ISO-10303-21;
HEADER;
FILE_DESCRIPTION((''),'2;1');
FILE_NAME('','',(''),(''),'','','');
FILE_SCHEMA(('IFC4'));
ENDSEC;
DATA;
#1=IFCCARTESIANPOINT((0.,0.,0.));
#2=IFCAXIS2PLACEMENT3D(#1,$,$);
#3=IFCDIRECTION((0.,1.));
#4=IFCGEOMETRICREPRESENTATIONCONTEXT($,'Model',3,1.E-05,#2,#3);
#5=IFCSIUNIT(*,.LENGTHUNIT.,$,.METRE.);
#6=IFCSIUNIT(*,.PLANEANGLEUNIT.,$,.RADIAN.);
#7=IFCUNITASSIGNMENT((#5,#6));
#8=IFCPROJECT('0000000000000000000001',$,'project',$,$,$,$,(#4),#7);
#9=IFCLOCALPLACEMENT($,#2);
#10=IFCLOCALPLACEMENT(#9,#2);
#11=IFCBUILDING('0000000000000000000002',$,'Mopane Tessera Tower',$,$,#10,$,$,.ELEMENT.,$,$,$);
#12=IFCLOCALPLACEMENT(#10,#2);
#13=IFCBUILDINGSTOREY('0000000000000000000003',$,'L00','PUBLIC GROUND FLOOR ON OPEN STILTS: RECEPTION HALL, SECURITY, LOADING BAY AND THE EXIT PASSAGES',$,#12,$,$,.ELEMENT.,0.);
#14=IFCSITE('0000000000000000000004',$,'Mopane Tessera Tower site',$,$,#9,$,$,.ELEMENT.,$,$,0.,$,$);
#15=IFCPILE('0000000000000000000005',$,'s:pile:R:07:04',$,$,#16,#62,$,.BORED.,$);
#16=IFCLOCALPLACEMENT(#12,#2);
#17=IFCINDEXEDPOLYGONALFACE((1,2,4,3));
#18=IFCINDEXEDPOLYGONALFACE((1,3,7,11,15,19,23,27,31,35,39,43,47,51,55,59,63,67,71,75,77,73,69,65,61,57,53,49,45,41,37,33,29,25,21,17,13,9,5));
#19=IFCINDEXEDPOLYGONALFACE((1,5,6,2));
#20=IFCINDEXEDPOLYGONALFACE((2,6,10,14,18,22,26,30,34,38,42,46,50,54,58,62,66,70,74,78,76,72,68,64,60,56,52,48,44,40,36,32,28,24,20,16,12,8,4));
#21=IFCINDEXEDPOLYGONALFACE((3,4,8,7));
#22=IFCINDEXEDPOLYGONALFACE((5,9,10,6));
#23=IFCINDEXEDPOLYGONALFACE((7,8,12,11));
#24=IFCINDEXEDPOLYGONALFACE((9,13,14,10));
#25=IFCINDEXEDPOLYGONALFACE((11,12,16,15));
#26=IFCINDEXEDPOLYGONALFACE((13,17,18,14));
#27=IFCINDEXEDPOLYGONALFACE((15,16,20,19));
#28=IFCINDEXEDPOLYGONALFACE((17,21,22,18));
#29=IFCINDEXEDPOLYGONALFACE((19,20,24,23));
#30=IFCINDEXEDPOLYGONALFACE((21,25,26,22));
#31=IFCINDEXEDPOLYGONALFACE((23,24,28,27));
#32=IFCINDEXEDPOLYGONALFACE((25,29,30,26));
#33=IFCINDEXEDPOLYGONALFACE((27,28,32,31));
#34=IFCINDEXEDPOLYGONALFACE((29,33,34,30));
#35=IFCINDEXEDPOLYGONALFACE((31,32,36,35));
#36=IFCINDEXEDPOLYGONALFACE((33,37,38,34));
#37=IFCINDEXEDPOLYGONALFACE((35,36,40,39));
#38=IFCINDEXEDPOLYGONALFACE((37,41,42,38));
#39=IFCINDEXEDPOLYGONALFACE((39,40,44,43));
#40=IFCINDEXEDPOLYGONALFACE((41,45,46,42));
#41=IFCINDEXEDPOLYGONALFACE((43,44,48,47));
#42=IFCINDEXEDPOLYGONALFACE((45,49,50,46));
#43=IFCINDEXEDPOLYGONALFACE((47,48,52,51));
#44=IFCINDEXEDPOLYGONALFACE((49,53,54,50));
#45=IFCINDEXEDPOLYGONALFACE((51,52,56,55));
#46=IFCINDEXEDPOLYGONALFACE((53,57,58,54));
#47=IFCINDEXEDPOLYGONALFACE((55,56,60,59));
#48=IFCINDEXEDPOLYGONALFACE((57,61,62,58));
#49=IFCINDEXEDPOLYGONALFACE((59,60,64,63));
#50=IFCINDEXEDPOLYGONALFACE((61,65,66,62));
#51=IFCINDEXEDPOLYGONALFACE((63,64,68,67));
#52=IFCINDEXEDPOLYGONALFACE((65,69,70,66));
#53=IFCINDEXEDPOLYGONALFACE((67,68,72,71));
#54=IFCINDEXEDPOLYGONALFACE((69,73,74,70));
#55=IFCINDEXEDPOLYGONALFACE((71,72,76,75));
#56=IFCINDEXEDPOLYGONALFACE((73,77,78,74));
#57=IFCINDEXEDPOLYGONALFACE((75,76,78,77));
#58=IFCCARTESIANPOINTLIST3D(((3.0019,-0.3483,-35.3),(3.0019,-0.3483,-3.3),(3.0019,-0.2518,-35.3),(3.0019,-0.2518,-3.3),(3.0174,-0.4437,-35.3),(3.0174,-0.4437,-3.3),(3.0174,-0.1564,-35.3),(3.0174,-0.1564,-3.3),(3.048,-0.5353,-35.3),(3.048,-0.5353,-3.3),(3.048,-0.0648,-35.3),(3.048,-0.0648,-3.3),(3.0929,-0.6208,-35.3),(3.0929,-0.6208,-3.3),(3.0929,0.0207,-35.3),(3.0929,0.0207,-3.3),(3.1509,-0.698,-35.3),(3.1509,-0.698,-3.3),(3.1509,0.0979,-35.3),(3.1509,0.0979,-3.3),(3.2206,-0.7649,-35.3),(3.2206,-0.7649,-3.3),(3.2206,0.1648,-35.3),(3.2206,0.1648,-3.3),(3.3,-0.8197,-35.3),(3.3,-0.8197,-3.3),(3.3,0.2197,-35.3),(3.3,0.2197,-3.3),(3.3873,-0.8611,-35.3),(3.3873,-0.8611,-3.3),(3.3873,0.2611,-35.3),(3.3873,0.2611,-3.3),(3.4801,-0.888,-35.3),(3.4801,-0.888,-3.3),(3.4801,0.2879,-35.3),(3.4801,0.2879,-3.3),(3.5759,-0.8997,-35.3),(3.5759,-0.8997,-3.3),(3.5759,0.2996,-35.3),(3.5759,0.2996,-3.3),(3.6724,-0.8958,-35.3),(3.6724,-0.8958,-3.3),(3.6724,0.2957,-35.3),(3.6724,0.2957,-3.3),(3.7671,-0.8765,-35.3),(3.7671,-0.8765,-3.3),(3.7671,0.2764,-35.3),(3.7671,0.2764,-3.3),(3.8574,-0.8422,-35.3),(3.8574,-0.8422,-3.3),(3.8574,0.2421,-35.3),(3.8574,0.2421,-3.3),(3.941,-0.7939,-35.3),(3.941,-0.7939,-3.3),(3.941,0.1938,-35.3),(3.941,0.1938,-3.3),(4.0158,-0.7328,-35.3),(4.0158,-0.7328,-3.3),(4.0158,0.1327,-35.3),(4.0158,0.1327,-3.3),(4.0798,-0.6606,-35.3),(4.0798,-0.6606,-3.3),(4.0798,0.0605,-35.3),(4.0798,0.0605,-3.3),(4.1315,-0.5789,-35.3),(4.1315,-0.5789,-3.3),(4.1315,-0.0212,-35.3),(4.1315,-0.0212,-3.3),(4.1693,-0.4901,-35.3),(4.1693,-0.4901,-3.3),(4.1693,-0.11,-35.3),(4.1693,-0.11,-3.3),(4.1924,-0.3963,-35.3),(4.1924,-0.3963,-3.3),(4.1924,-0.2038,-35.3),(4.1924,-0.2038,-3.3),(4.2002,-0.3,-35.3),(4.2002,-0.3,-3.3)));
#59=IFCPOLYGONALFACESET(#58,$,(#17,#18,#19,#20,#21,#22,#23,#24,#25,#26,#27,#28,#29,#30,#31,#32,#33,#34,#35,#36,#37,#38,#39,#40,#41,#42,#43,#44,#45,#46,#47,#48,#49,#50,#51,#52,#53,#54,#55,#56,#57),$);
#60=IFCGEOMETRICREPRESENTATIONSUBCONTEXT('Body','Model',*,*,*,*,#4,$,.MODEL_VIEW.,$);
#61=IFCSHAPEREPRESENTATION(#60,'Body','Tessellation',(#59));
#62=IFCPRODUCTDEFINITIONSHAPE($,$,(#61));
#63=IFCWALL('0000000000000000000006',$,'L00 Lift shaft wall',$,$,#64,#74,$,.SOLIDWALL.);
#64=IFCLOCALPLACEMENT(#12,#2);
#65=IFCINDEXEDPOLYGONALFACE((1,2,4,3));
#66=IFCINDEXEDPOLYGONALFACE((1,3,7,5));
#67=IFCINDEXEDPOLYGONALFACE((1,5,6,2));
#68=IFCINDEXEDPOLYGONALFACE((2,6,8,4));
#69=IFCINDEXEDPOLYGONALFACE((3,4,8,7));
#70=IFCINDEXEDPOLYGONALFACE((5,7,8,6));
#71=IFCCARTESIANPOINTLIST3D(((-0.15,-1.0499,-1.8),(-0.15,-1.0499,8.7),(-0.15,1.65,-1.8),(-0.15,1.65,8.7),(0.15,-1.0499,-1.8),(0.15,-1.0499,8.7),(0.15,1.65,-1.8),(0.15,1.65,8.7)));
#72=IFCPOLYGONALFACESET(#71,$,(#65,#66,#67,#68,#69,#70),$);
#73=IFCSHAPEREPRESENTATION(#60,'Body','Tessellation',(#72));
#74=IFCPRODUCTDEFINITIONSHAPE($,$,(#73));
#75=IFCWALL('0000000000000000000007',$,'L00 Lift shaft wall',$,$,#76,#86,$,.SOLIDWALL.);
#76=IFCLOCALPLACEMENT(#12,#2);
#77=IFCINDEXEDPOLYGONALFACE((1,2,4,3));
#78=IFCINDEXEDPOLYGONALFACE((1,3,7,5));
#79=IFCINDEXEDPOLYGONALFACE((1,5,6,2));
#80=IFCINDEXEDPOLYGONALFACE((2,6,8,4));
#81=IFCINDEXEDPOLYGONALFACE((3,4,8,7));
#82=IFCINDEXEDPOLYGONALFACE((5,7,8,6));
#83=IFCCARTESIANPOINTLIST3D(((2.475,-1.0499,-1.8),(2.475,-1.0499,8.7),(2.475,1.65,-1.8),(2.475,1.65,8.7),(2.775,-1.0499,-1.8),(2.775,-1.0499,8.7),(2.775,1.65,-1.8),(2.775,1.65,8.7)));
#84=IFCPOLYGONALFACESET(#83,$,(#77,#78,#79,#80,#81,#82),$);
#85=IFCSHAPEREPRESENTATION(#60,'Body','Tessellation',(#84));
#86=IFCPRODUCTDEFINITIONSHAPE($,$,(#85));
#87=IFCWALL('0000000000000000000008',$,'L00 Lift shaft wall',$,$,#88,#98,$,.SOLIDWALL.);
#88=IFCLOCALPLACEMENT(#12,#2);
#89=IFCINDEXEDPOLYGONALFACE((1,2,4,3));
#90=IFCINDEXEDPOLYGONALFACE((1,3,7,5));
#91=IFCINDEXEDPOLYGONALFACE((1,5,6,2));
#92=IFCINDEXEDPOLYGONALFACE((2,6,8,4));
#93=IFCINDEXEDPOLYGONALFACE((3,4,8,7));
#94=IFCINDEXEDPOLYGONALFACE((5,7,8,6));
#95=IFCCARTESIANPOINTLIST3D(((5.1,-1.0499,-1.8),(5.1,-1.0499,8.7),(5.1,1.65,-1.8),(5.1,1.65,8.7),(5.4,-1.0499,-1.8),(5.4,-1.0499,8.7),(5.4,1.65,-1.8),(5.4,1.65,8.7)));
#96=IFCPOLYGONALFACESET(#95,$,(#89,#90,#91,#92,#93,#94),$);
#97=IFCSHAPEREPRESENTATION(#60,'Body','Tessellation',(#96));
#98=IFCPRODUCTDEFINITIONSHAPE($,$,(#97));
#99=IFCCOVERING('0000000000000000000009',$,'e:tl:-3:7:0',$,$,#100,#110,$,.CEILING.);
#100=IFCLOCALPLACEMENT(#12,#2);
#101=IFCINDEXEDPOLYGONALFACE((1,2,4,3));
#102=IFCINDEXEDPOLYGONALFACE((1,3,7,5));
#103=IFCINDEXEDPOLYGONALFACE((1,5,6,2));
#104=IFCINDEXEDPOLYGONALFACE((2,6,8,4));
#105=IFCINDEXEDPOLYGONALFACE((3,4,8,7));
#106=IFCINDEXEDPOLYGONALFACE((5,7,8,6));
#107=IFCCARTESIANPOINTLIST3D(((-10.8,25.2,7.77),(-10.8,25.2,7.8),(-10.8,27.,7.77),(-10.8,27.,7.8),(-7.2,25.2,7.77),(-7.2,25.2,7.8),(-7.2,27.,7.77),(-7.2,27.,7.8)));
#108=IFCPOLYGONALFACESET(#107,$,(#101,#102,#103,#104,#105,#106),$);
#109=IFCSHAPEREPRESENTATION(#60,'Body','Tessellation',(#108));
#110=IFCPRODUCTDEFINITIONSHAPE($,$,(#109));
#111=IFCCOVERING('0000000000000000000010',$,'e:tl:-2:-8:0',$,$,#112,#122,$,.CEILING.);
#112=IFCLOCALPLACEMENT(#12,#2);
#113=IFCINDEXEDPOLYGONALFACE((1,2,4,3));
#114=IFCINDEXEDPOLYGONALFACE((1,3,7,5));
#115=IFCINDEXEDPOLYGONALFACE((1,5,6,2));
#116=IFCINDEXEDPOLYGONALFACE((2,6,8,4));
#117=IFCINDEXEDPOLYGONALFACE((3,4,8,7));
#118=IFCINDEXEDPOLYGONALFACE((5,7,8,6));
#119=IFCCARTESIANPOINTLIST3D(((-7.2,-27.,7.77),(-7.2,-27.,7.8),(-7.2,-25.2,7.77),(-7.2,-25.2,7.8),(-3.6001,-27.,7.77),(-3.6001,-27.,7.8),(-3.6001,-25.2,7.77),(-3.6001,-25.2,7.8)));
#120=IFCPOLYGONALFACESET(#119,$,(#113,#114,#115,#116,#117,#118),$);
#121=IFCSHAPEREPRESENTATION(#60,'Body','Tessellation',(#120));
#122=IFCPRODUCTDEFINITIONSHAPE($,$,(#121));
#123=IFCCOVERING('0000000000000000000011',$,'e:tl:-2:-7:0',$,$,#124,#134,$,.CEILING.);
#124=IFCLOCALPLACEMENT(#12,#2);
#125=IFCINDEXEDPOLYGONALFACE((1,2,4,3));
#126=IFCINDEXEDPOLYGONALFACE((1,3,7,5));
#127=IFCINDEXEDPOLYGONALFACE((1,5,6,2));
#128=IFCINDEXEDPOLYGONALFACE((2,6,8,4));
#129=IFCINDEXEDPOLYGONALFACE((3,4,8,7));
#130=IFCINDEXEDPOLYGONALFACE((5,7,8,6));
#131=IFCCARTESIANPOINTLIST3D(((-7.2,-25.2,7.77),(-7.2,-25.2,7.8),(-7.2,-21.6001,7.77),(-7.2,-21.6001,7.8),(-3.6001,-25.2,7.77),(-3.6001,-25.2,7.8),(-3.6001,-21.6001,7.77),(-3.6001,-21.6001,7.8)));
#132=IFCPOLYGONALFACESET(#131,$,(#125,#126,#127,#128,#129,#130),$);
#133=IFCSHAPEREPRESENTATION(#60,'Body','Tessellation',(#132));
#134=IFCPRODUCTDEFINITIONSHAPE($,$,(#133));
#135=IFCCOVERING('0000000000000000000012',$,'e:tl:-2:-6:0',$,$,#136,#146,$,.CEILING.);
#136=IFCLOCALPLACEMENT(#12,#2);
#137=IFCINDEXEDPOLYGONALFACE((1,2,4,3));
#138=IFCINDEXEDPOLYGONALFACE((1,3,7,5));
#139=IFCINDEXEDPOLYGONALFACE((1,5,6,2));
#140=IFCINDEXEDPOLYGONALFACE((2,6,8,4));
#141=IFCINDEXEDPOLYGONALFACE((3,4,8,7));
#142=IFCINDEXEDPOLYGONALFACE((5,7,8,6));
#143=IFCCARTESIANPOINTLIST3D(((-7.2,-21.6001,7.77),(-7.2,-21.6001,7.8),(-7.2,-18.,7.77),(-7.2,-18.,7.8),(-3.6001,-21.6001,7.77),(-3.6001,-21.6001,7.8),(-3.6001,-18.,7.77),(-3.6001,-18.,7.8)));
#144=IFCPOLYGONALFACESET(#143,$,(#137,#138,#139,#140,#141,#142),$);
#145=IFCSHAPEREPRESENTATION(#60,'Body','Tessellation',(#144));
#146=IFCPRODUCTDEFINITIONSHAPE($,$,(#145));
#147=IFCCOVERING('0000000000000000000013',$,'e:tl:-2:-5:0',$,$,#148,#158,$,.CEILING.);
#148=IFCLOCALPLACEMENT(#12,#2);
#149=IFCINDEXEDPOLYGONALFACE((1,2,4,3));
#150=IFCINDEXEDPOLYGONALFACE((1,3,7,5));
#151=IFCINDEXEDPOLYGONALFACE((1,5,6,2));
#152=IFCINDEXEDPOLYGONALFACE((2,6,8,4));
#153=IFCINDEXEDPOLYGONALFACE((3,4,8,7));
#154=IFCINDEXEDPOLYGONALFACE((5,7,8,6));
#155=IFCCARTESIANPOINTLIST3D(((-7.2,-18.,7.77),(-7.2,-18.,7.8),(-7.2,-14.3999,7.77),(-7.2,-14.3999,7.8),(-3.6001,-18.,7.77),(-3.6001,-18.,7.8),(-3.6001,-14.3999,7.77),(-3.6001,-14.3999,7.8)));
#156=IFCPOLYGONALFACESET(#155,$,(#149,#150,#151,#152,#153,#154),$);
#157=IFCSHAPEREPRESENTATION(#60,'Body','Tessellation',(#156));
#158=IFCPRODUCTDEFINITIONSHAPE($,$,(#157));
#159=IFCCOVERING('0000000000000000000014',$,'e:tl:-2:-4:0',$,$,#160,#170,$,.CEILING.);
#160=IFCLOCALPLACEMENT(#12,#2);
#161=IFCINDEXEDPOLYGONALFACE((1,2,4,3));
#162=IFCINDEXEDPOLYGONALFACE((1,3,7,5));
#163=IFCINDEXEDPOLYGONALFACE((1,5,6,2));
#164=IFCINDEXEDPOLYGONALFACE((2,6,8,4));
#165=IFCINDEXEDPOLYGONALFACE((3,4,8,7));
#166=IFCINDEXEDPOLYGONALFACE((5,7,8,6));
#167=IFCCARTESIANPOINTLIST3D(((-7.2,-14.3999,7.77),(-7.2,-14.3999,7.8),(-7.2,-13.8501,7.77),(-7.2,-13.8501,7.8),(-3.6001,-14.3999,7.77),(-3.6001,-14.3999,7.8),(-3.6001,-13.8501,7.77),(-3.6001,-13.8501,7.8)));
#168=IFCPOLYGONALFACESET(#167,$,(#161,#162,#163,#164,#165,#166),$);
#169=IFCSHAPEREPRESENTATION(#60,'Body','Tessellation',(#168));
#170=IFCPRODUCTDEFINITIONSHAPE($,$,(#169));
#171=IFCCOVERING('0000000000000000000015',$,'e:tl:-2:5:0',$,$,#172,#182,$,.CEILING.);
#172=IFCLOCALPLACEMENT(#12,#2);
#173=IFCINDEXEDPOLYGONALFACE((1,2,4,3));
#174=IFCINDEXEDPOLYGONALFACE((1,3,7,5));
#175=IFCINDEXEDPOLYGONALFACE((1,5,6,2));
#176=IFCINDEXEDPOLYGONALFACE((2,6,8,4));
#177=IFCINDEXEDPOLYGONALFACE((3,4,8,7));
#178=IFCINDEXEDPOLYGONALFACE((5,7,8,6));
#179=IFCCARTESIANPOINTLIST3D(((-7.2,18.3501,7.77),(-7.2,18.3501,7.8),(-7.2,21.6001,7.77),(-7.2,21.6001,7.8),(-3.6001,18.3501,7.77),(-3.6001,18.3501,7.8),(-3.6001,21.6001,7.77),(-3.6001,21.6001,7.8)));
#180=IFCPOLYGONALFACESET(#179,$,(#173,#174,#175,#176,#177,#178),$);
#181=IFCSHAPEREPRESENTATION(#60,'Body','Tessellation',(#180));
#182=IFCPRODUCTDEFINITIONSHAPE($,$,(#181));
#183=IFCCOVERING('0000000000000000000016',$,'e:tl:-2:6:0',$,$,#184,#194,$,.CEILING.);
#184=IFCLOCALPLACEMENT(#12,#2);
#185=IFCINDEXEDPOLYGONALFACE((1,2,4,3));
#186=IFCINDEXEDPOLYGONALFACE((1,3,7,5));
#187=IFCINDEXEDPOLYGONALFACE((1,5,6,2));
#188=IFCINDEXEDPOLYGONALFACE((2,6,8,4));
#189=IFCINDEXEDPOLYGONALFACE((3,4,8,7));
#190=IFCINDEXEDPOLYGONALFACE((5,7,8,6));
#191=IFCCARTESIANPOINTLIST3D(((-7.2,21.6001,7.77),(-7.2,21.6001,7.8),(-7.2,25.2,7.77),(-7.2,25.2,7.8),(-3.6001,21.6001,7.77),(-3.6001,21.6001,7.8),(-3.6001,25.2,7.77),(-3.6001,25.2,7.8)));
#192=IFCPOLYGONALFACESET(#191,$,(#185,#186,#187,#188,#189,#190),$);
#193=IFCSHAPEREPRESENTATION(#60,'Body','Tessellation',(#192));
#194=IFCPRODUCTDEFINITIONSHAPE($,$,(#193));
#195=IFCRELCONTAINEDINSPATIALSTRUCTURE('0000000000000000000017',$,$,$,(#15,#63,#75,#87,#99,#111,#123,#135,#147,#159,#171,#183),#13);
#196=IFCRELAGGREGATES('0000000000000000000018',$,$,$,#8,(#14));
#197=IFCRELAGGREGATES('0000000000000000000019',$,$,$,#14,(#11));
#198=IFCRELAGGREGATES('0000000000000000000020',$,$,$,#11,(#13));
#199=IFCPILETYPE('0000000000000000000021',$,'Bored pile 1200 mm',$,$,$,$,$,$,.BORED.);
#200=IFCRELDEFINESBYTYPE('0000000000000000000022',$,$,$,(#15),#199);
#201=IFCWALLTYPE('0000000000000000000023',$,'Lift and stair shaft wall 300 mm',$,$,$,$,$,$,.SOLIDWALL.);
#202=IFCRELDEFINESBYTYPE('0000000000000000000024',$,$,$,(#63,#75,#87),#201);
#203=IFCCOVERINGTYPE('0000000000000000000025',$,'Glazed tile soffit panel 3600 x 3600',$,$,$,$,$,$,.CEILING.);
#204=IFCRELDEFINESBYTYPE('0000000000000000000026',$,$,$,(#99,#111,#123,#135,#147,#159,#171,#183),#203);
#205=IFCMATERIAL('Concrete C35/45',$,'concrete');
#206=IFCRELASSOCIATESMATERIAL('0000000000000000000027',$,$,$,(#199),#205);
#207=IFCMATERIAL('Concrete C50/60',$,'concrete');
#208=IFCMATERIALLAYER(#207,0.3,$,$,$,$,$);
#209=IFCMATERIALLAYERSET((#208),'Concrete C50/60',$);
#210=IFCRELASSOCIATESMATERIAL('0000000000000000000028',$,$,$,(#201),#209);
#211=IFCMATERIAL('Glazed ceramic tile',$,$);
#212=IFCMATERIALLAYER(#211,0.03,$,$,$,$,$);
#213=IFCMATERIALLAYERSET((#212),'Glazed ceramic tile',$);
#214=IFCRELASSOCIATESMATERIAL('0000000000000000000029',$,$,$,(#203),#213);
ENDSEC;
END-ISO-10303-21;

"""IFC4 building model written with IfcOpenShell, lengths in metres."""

from ifc_helpers import new_model, si_unit, direction, frame, frame_2d, origin, origin_2d, place, context, subcontext, project, spatial, polyline, rectangle, circle, outline, extrude, material, layer, layer_set, material_profile, profile_set, type_object, element, save


model = new_model("IFC4")

# Units and contexts
model_context = context("Model", 3, precision=1e-05, world=origin(), true_north=direction((0.0, 1.0)))
body_context = subcontext(model_context, "Body", "Model", "MODEL_VIEW")
ifc_project = project(units=[si_unit("LENGTHUNIT", "METRE"), si_unit("PLANEANGLEUNIT", "RADIAN")], contexts=[model_context])

# Site, building, storey
site_placement = place(None, origin())
site = spatial("IfcSite", under=ifc_project, at=site_placement, Name="Mopane Tessera Tower site", CompositionType="ELEMENT", RefElevation=0.0)
building_placement = place(site_placement, origin())
building = spatial("IfcBuilding", under=site, at=building_placement, Name="Mopane Tessera Tower", CompositionType="ELEMENT")
storey_placement = place(building_placement, origin())
storey = spatial("IfcBuildingStorey", under=building, at=storey_placement, Name="L00", Description="PUBLIC GROUND FLOOR ON OPEN STILTS: RECEPTION HALL, SECURITY, LOADING BAY AND THE EXIT PASSAGES", CompositionType="ELEMENT", Elevation=0.0)

# Pile
ifc_material_1 = material(Name="Concrete C35/45", Category="concrete")
ifc_material_profile = material_profile(ifc_material_1, circle(Radius=0.6001, at=origin_2d()))
ifc_profile_set = profile_set([ifc_material_profile], Name="Concrete C35/45")
pile_type = type_object("IfcPileType", Name="Bored pile 1200 mm", PredefinedType="BORED", material=ifc_profile_set)
pile_placement = place(storey_placement, frame((3.6001, -0.3, -3.3), z_axis=(0.0, 0.0, -1.0), x_axis=(1.0, 0.0, 0.0)))
element("IfcPile", 1, at=pile_placement, inside=storey, type_object=pile_type, Name="s:pile:R:07:04", PredefinedType="BORED", context=body_context, shape_type="SweptSolid", body=[
    extrude(circle(Radius=0.6001, at=origin_2d()), origin(), (0.0, 0.0, 1.0), 32.0),
])

# Walls
ifc_material_2 = material(Name="Concrete C50/60", Category="concrete")
ifc_layer_1 = layer(ifc_material_2, 0.3)
ifc_layer_set_1 = layer_set([ifc_layer_1], Name="Concrete C50/60")
wall_type = type_object("IfcWallType", Name="Lift and stair shaft wall 300 mm", PredefinedType="SOLIDWALL", material=ifc_layer_set_1)
for number, where, z_axis, x_axis, name in (
    (2, (0.0, -1.05, -1.8), (0.0, 0.0, 1.0), (0.0, 1.0, 0.0), "L00 Lift shaft wall"),
    (3, (2.625, -1.05, -1.8), (0.0, 0.0, 1.0), (0.0, 1.0, 0.0), "L00 Lift shaft wall"),
    (4, (5.25, -1.05, -1.8), (0.0, 0.0, 1.0), (0.0, 1.0, 0.0), "L00 Lift shaft wall"),
):
    element("IfcWall", number, at=place(storey_placement, frame(where, z_axis=z_axis, x_axis=x_axis)), inside=storey, type_object=wall_type, Name=name, PredefinedType="SOLIDWALL", context=body_context, shape_type="SweptSolid", body=[
        extrude(rectangle(XDim=2.7, YDim=0.3, at=frame_2d((1.3501, 0.0))), origin(), (0.0, 0.0, 1.0), 10.5),
    ])

# Coverings
ifc_material_3 = material(Name="Glazed ceramic tile")
ifc_layer_2 = layer(ifc_material_3, 0.03)
ifc_layer_set_2 = layer_set([ifc_layer_2], Name="Glazed ceramic tile")
covering_type = type_object("IfcCoveringType", Name="Glazed tile soffit panel 3600 x 3600", PredefinedType="CEILING", material=ifc_layer_set_2)
covering_1_placement = place(storey_placement, frame((0.0, 0.0, 7.77)))
element("IfcCovering", 5, at=covering_1_placement, inside=storey, type_object=covering_type, Name="e:tl:-3:7:0", PredefinedType="CEILING", context=body_context, shape_type="SweptSolid", body=[
    extrude(outline(polyline([(-7.2, 27.0), (-7.2, 25.2), (-10.8, 25.2), (-10.8, 27.0), (-7.2, 27.0)])), origin(), (0.0, 0.0, 1.0), 0.03),
])
covering_2_placement = place(storey_placement, frame((0.0, 0.0, 7.77)))
element("IfcCovering", 6, at=covering_2_placement, inside=storey, type_object=covering_type, Name="e:tl:-2:-8:0", PredefinedType="CEILING", context=body_context, shape_type="SweptSolid", body=[
    extrude(outline(polyline([(-7.2, -27.0), (-7.2, -25.2), (-3.6001, -25.2), (-3.6001, -27.0), (-7.2, -27.0)])), origin(), (0.0, 0.0, 1.0), 0.03),
])
covering_3_placement = place(storey_placement, frame((0.0, 0.0, 7.77)))
element("IfcCovering", 7, at=covering_3_placement, inside=storey, type_object=covering_type, Name="e:tl:-2:-7:0", PredefinedType="CEILING", context=body_context, shape_type="SweptSolid", body=[
    extrude(outline(polyline([(-7.2, -25.2), (-7.2, -21.6001), (-3.6001, -21.6001), (-3.6001, -25.2), (-7.2, -25.2)])), origin(), (0.0, 0.0, 1.0), 0.03),
])
covering_4_placement = place(storey_placement, frame((0.0, 0.0, 7.77)))
element("IfcCovering", 8, at=covering_4_placement, inside=storey, type_object=covering_type, Name="e:tl:-2:-6:0", PredefinedType="CEILING", context=body_context, shape_type="SweptSolid", body=[
    extrude(outline(polyline([(-7.2, -21.6001), (-7.2, -18.0), (-3.6001, -18.0), (-3.6001, -21.6001), (-7.2, -21.6001)])), origin(), (0.0, 0.0, 1.0), 0.03),
])
covering_5_placement = place(storey_placement, frame((0.0, 0.0, 7.77)))
element("IfcCovering", 9, at=covering_5_placement, inside=storey, type_object=covering_type, Name="e:tl:-2:-5:0", PredefinedType="CEILING", context=body_context, shape_type="SweptSolid", body=[
    extrude(outline(polyline([(-7.2, -18.0), (-7.2, -14.3999), (-3.6001, -14.3999), (-3.6001, -18.0), (-7.2, -18.0)])), origin(), (0.0, 0.0, 1.0), 0.03),
])
covering_6_placement = place(storey_placement, frame((0.0, 0.0, 7.77)))
element("IfcCovering", 10, at=covering_6_placement, inside=storey, type_object=covering_type, Name="e:tl:-2:-4:0", PredefinedType="CEILING", context=body_context, shape_type="SweptSolid", body=[
    extrude(outline(polyline([(-3.6001, -13.8501), (-3.6001, -14.3999), (-7.2, -14.3999), (-7.2, -13.8501), (-3.6001, -13.8501)])), origin(), (0.0, 0.0, 1.0), 0.03),
])
covering_7_placement = place(storey_placement, frame((0.0, 0.0, 7.77)))
element("IfcCovering", 11, at=covering_7_placement, inside=storey, type_object=covering_type, Name="e:tl:-2:5:0", PredefinedType="CEILING", context=body_context, shape_type="SweptSolid", body=[
    extrude(outline(polyline([(-7.2, 18.3501), (-7.2, 21.6001), (-3.6001, 21.6001), (-3.6001, 18.3501), (-7.2, 18.3501)])), origin(), (0.0, 0.0, 1.0), 0.03),
])
covering_8_placement = place(storey_placement, frame((0.0, 0.0, 7.77)))
element("IfcCovering", 12, at=covering_8_placement, inside=storey, type_object=covering_type, Name="e:tl:-2:6:0", PredefinedType="CEILING", context=body_context, shape_type="SweptSolid", body=[
    extrude(outline(polyline([(-7.2, 21.6001), (-7.2, 25.2), (-3.6001, 25.2), (-3.6001, 21.6001), (-7.2, 21.6001)])), origin(), (0.0, 0.0, 1.0), 0.03),
])

save(model, "model.ifc")
